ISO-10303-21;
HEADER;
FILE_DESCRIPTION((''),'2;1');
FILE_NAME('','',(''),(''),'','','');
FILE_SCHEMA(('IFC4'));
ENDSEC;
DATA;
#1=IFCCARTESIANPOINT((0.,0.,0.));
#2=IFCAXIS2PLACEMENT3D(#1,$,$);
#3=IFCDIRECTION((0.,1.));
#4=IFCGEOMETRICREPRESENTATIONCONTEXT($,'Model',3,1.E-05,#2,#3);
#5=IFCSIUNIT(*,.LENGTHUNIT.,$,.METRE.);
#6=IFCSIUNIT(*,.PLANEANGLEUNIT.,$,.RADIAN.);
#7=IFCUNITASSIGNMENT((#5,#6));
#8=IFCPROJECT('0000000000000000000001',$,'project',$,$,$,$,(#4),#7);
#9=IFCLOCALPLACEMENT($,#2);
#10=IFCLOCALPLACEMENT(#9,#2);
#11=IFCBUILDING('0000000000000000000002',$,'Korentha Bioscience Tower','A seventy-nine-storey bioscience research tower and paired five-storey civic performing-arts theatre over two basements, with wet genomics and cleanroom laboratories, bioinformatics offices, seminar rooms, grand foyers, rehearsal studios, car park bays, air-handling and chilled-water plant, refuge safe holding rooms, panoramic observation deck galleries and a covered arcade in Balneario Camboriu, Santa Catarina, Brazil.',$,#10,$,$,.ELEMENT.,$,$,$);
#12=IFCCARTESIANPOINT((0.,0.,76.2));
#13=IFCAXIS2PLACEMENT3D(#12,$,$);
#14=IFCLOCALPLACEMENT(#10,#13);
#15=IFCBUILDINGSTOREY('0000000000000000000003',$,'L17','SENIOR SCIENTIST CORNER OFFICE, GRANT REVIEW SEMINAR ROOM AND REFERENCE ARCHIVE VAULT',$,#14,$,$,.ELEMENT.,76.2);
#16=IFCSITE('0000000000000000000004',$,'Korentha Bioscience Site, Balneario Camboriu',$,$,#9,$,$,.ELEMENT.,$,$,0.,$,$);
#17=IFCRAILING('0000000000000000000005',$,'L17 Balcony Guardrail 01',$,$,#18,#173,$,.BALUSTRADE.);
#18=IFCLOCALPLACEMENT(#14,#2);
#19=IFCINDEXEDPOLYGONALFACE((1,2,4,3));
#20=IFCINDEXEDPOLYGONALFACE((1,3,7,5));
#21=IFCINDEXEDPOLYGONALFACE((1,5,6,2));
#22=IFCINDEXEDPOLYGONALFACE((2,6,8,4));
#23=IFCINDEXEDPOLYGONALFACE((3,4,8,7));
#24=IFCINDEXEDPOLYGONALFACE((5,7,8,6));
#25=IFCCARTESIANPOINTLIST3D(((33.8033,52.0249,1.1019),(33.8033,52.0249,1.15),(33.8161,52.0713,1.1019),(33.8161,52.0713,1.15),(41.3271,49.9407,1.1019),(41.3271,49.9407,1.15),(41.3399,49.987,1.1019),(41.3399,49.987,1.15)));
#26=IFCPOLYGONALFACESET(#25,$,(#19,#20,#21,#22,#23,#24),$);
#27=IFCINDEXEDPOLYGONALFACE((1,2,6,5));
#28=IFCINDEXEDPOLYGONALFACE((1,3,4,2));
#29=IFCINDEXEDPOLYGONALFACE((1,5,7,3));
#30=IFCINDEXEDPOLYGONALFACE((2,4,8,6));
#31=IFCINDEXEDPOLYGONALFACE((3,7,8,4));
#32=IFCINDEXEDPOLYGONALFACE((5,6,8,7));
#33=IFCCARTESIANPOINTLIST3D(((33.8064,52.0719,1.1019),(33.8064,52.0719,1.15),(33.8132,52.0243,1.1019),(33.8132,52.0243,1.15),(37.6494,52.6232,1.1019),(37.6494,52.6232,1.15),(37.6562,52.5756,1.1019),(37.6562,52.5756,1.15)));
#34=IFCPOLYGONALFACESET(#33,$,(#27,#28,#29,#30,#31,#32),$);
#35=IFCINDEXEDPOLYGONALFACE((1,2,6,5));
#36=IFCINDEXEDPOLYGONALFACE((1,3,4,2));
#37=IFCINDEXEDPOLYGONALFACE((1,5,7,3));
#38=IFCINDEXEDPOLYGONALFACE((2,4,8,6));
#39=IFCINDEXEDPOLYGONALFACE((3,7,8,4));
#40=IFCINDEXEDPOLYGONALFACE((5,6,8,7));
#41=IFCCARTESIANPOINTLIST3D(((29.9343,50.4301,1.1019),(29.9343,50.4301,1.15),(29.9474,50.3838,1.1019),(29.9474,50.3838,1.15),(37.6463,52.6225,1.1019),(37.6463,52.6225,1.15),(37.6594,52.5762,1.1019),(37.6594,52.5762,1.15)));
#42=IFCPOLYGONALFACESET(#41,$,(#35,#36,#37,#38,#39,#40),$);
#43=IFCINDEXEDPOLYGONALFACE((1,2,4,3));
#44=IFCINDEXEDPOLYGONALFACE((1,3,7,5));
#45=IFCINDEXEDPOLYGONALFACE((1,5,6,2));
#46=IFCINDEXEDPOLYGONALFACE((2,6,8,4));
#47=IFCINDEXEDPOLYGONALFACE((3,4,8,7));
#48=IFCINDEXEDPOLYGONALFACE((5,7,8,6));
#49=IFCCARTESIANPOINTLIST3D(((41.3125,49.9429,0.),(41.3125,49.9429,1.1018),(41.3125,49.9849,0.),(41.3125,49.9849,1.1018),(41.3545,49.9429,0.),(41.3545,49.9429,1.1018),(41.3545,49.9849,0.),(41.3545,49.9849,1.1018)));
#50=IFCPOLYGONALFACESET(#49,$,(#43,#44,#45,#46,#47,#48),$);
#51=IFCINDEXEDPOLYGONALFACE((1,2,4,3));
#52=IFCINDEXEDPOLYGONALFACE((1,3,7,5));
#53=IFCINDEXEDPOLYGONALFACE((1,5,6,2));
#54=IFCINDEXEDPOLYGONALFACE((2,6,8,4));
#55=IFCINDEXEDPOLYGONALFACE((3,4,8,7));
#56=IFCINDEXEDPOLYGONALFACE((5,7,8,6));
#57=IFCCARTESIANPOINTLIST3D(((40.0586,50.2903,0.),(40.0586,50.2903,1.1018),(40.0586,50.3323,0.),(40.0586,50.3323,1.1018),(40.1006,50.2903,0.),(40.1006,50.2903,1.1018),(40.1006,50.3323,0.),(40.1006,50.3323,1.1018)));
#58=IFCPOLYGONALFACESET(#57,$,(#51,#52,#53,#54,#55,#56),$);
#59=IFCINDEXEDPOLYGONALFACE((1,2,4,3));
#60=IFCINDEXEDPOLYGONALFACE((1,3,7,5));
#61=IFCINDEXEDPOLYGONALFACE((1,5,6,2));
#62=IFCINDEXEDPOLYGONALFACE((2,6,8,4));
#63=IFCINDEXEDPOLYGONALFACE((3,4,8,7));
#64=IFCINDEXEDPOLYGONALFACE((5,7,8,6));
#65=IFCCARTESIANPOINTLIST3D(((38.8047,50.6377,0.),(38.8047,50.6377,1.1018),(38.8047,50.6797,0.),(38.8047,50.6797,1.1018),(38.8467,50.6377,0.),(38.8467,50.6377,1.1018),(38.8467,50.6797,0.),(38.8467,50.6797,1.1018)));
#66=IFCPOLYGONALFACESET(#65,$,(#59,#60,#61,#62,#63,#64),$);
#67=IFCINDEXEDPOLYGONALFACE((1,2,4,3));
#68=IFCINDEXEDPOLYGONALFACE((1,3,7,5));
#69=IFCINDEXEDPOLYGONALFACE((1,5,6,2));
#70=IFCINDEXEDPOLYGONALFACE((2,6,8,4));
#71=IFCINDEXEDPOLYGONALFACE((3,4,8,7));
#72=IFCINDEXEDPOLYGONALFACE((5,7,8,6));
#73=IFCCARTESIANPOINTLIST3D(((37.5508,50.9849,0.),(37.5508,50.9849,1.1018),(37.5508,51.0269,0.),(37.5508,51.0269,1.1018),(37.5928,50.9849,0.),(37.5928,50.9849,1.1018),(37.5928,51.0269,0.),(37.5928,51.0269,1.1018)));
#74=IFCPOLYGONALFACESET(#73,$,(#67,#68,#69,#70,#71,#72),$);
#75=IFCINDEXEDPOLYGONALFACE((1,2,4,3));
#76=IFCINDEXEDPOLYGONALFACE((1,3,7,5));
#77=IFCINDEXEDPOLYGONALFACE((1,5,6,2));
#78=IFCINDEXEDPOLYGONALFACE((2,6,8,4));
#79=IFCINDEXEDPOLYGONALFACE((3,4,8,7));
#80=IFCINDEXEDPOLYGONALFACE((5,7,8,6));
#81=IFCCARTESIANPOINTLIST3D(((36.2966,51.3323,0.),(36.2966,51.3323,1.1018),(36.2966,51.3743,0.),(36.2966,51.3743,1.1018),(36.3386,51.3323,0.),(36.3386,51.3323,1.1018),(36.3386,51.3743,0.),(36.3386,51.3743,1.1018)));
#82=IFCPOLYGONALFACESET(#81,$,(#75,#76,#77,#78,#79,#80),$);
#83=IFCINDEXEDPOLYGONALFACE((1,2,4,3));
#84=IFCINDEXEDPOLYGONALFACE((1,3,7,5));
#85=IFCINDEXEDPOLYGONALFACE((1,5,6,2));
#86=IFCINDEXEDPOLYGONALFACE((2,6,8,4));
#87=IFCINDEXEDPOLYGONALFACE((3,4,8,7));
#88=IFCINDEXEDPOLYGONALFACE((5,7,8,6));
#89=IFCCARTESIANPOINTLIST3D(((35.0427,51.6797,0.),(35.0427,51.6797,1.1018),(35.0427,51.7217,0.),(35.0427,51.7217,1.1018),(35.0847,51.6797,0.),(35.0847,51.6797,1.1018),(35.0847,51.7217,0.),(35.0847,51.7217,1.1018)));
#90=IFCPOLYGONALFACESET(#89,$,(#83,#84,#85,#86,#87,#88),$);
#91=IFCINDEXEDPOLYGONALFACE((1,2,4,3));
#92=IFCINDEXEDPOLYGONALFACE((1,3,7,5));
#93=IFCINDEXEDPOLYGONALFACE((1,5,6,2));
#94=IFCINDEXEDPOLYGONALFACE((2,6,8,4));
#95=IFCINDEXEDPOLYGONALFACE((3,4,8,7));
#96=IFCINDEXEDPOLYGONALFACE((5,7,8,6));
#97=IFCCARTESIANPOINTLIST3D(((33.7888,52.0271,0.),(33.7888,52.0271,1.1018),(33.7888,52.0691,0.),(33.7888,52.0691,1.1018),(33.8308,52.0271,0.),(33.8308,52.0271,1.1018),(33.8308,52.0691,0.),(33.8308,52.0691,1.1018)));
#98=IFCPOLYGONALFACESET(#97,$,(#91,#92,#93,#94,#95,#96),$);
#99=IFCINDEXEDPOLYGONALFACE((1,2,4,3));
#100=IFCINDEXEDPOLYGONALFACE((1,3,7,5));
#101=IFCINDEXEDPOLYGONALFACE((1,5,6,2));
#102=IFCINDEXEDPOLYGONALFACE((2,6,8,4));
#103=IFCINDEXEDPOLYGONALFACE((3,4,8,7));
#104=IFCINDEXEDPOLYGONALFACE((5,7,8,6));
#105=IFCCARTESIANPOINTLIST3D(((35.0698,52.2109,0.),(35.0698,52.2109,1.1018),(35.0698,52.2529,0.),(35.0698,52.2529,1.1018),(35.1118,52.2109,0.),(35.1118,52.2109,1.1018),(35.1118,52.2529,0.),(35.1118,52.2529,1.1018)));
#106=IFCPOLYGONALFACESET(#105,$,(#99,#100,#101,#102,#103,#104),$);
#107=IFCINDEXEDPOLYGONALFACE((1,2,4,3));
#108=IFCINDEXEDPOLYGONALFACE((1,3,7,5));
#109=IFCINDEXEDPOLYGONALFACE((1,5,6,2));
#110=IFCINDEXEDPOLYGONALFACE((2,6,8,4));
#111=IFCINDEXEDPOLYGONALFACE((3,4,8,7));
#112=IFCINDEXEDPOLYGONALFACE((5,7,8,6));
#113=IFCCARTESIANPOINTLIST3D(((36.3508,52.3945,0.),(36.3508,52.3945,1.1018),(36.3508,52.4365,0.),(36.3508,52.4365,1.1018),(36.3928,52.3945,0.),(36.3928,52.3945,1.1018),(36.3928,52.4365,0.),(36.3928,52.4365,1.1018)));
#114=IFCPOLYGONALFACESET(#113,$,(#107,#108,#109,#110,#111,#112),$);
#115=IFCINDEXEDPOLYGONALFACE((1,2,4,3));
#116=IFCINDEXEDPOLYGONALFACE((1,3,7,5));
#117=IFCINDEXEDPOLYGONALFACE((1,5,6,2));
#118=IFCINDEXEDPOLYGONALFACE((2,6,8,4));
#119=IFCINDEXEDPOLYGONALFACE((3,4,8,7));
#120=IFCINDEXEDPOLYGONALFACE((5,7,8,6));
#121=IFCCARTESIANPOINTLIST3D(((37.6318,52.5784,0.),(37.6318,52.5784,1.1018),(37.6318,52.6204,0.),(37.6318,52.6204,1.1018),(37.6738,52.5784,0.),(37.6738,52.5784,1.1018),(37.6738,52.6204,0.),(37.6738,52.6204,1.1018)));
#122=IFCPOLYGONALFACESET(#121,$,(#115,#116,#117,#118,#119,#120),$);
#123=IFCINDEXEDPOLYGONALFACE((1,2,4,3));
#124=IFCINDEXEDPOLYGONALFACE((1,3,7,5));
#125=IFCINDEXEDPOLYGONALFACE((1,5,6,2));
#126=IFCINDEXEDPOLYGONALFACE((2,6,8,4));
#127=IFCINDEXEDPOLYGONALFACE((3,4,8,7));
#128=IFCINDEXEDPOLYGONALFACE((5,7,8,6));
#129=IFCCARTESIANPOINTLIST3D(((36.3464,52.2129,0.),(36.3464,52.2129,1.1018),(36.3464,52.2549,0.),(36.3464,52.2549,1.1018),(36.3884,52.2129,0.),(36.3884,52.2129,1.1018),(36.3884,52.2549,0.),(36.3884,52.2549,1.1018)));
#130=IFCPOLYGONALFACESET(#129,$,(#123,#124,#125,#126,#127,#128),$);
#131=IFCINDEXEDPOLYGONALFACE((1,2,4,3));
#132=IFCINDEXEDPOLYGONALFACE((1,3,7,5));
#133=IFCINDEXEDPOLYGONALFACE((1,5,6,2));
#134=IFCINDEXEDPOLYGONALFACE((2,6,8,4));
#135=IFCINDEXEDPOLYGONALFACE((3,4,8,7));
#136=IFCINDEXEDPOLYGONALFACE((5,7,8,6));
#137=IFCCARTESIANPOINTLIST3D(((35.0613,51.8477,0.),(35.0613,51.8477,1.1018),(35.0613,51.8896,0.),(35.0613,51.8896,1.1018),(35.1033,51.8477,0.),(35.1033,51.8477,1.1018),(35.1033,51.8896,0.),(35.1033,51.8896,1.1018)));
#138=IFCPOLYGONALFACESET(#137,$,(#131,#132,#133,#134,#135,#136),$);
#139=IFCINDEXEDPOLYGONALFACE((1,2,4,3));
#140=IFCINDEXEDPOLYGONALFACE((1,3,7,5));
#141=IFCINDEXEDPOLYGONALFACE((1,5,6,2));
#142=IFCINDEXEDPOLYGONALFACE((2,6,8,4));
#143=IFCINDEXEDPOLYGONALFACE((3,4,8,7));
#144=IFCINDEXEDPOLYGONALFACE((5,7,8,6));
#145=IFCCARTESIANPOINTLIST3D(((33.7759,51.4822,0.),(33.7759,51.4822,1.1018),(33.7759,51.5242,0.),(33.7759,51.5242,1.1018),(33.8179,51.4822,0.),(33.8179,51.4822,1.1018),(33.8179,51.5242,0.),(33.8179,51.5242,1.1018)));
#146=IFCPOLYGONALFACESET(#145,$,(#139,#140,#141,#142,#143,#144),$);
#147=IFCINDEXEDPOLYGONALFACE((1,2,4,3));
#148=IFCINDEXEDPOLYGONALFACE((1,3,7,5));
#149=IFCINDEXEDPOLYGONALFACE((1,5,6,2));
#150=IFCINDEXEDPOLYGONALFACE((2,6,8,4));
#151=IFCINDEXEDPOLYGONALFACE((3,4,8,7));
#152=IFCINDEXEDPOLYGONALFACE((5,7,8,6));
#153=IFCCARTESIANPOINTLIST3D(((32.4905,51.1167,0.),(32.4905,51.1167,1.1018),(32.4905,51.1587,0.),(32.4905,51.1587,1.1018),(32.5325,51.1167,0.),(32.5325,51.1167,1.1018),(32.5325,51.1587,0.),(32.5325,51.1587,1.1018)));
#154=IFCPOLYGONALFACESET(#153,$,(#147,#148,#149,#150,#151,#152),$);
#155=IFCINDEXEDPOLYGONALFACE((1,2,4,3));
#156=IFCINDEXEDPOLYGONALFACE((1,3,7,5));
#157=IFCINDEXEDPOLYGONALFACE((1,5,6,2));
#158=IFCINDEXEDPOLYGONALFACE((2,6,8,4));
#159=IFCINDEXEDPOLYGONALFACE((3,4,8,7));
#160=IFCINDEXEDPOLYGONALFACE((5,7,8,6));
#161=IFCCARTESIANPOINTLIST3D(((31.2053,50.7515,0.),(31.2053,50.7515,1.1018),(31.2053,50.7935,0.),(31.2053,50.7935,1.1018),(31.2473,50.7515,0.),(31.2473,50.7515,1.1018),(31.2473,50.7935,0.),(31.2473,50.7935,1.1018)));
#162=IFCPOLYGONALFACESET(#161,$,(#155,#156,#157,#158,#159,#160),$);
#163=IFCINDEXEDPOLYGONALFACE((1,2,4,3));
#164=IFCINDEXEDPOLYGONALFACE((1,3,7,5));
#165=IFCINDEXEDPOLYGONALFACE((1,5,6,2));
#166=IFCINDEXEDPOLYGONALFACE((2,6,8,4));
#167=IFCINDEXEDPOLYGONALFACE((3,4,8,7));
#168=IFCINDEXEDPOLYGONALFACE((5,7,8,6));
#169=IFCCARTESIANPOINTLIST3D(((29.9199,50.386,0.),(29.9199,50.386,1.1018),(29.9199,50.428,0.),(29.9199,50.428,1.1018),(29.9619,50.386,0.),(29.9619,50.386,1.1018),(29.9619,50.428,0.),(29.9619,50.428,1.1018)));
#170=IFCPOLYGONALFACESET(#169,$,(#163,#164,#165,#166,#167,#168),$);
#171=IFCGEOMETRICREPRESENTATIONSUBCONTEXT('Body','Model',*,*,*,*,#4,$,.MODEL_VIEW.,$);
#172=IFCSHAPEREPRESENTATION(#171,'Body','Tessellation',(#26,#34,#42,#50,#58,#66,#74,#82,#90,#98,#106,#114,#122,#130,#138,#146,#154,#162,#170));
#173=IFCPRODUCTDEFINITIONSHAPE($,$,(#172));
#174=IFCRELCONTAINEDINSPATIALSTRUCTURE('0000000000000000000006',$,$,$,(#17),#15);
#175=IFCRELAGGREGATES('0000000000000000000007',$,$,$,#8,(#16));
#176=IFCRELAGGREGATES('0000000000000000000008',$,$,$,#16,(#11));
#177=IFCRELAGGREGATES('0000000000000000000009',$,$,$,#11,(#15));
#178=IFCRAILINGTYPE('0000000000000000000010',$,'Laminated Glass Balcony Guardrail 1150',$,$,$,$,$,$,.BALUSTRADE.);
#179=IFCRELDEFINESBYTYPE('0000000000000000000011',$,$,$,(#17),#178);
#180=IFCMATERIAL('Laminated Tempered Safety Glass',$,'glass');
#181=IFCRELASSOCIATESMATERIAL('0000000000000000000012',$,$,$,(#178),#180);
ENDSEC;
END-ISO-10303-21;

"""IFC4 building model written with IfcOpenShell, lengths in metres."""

from ifc_helpers import new_model, si_unit, direction, frame, origin, origin_2d, place, context, subcontext, project, spatial, rectangle, extrude, material, type_object, element, save


model = new_model("IFC4")

# Units and contexts
model_context = context("Model", 3, precision=1e-05, world=origin(), true_north=direction((0.0, 1.0)))
body_context = subcontext(model_context, "Body", "Model", "MODEL_VIEW")
ifc_project = project(units=[si_unit("LENGTHUNIT", "METRE"), si_unit("PLANEANGLEUNIT", "RADIAN")], contexts=[model_context])

# Site, building, storey
site_placement = place(None, origin())
site = spatial("IfcSite", under=ifc_project, at=site_placement, Name="Korentha Bioscience Site, Balneario Camboriu", CompositionType="ELEMENT", RefElevation=0.0)
building_placement = place(site_placement, origin())
building = spatial("IfcBuilding", under=site, at=building_placement, Name="Korentha Bioscience Tower", Description="A seventy-nine-storey bioscience research tower and paired five-storey civic performing-arts theatre over two basements, with wet genomics and cleanroom laboratories, bioinformatics offices, seminar rooms, grand foyers, rehearsal studios, car park bays, air-handling and chilled-water plant, refuge safe holding rooms, panoramic observation deck galleries and a covered arcade in Balneario Camboriu, Santa Catarina, Brazil.", CompositionType="ELEMENT")
storey_placement = place(building_placement, frame((0.0, 0.0, 76.2)))
storey = spatial("IfcBuildingStorey", under=building, at=storey_placement, Name="L17", Description="SENIOR SCIENTIST CORNER OFFICE, GRANT REVIEW SEMINAR ROOM AND REFERENCE ARCHIVE VAULT", CompositionType="ELEMENT", Elevation=76.2)

# Railing
ifc_material_1 = material(Name="Laminated Tempered Safety Glass", Category="glass")
railing_type = type_object("IfcRailingType", Name="Laminated Glass Balcony Guardrail 1150", PredefinedType="BALUSTRADE", material=ifc_material_1)
railing_placement = place(storey_placement, frame((41.3335, 49.9639, 0.0)))
element("IfcRailing", 1, at=railing_placement, inside=storey, type_object=railing_type, Name="L17 Balcony Guardrail 01", PredefinedType="BALUSTRADE", context=body_context, shape_type="SweptSolid", body=[
    extrude(rectangle(XDim=0.0481, YDim=0.0481, at=origin_2d()), frame((0.0, 0.0, 1.126), z_axis=(-0.963705, 0.266968, 0.0), x_axis=(-0.266968, -0.963705, 0.0)), (0.0, 0.0, 1.0), 7.8071),
    extrude(rectangle(XDim=0.0481, YDim=0.0481, at=origin_2d()), frame((-7.5237, 2.0842, 1.126), z_axis=(0.989868, 0.141994, 0.0), x_axis=(-0.141994, 0.989868, 0.0)), (0.0, 0.0, 1.0), 3.8823),
    extrude(rectangle(XDim=0.0481, YDim=0.0481, at=origin_2d()), frame((-3.6807, 2.6355, 1.126), z_axis=(-0.961886, -0.27345, 0.0), x_axis=(0.27345, -0.961886, 0.0)), (0.0, 0.0, 1.0), 8.0176),
    extrude(rectangle(XDim=0.042, YDim=0.042, at=origin_2d()), origin(), (0.0, 0.0, 1.0), 1.1018),
    extrude(rectangle(XDim=0.042, YDim=0.042, at=origin_2d()), frame((-1.2539, 0.3474, 0.0)), (0.0, 0.0, 1.0), 1.1018),
    extrude(rectangle(XDim=0.042, YDim=0.042, at=origin_2d()), frame((-2.5078, 0.6948, 0.0)), (0.0, 0.0, 1.0), 1.1018),
    extrude(rectangle(XDim=0.042, YDim=0.042, at=origin_2d()), frame((-3.7617, 1.042, 0.0)), (0.0, 0.0, 1.0), 1.1018),
    extrude(rectangle(XDim=0.042, YDim=0.042, at=origin_2d()), frame((-5.0159, 1.3894, 0.0)), (0.0, 0.0, 1.0), 1.1018),
    extrude(rectangle(XDim=0.042, YDim=0.042, at=origin_2d()), frame((-6.2698, 1.7368, 0.0)), (0.0, 0.0, 1.0), 1.1018),
    extrude(rectangle(XDim=0.042, YDim=0.042, at=origin_2d()), frame((-7.5237, 2.0842, 0.0)), (0.0, 0.0, 1.0), 1.1018),
    extrude(rectangle(XDim=0.042, YDim=0.042, at=origin_2d()), frame((-6.2427, 2.2681, 0.0)), (0.0, 0.0, 1.0), 1.1018),
    extrude(rectangle(XDim=0.042, YDim=0.042, at=origin_2d()), frame((-4.9617, 2.4517, 0.0)), (0.0, 0.0, 1.0), 1.1018),
    extrude(rectangle(XDim=0.042, YDim=0.042, at=origin_2d()), frame((-3.6807, 2.6355, 0.0)), (0.0, 0.0, 1.0), 1.1018),
    extrude(rectangle(XDim=0.042, YDim=0.042, at=origin_2d()), frame((-4.9661, 2.27, 0.0)), (0.0, 0.0, 1.0), 1.1018),
    extrude(rectangle(XDim=0.042, YDim=0.042, at=origin_2d()), frame((-6.2512, 1.9048, 0.0)), (0.0, 0.0, 1.0), 1.1018),
    extrude(rectangle(XDim=0.042, YDim=0.042, at=origin_2d()), frame((-7.5366, 1.5393, 0.0)), (0.0, 0.0, 1.0), 1.1018),
    extrude(rectangle(XDim=0.042, YDim=0.042, at=origin_2d()), frame((-8.822, 1.1738, 0.0)), (0.0, 0.0, 1.0), 1.1018),
    extrude(rectangle(XDim=0.042, YDim=0.042, at=origin_2d()), frame((-10.1072, 0.8086, 0.0)), (0.0, 0.0, 1.0), 1.1018),
    extrude(rectangle(XDim=0.042, YDim=0.042, at=origin_2d()), frame((-11.3926, 0.4431, 0.0)), (0.0, 0.0, 1.0), 1.1018),
])

save(model, "model.ifc")
